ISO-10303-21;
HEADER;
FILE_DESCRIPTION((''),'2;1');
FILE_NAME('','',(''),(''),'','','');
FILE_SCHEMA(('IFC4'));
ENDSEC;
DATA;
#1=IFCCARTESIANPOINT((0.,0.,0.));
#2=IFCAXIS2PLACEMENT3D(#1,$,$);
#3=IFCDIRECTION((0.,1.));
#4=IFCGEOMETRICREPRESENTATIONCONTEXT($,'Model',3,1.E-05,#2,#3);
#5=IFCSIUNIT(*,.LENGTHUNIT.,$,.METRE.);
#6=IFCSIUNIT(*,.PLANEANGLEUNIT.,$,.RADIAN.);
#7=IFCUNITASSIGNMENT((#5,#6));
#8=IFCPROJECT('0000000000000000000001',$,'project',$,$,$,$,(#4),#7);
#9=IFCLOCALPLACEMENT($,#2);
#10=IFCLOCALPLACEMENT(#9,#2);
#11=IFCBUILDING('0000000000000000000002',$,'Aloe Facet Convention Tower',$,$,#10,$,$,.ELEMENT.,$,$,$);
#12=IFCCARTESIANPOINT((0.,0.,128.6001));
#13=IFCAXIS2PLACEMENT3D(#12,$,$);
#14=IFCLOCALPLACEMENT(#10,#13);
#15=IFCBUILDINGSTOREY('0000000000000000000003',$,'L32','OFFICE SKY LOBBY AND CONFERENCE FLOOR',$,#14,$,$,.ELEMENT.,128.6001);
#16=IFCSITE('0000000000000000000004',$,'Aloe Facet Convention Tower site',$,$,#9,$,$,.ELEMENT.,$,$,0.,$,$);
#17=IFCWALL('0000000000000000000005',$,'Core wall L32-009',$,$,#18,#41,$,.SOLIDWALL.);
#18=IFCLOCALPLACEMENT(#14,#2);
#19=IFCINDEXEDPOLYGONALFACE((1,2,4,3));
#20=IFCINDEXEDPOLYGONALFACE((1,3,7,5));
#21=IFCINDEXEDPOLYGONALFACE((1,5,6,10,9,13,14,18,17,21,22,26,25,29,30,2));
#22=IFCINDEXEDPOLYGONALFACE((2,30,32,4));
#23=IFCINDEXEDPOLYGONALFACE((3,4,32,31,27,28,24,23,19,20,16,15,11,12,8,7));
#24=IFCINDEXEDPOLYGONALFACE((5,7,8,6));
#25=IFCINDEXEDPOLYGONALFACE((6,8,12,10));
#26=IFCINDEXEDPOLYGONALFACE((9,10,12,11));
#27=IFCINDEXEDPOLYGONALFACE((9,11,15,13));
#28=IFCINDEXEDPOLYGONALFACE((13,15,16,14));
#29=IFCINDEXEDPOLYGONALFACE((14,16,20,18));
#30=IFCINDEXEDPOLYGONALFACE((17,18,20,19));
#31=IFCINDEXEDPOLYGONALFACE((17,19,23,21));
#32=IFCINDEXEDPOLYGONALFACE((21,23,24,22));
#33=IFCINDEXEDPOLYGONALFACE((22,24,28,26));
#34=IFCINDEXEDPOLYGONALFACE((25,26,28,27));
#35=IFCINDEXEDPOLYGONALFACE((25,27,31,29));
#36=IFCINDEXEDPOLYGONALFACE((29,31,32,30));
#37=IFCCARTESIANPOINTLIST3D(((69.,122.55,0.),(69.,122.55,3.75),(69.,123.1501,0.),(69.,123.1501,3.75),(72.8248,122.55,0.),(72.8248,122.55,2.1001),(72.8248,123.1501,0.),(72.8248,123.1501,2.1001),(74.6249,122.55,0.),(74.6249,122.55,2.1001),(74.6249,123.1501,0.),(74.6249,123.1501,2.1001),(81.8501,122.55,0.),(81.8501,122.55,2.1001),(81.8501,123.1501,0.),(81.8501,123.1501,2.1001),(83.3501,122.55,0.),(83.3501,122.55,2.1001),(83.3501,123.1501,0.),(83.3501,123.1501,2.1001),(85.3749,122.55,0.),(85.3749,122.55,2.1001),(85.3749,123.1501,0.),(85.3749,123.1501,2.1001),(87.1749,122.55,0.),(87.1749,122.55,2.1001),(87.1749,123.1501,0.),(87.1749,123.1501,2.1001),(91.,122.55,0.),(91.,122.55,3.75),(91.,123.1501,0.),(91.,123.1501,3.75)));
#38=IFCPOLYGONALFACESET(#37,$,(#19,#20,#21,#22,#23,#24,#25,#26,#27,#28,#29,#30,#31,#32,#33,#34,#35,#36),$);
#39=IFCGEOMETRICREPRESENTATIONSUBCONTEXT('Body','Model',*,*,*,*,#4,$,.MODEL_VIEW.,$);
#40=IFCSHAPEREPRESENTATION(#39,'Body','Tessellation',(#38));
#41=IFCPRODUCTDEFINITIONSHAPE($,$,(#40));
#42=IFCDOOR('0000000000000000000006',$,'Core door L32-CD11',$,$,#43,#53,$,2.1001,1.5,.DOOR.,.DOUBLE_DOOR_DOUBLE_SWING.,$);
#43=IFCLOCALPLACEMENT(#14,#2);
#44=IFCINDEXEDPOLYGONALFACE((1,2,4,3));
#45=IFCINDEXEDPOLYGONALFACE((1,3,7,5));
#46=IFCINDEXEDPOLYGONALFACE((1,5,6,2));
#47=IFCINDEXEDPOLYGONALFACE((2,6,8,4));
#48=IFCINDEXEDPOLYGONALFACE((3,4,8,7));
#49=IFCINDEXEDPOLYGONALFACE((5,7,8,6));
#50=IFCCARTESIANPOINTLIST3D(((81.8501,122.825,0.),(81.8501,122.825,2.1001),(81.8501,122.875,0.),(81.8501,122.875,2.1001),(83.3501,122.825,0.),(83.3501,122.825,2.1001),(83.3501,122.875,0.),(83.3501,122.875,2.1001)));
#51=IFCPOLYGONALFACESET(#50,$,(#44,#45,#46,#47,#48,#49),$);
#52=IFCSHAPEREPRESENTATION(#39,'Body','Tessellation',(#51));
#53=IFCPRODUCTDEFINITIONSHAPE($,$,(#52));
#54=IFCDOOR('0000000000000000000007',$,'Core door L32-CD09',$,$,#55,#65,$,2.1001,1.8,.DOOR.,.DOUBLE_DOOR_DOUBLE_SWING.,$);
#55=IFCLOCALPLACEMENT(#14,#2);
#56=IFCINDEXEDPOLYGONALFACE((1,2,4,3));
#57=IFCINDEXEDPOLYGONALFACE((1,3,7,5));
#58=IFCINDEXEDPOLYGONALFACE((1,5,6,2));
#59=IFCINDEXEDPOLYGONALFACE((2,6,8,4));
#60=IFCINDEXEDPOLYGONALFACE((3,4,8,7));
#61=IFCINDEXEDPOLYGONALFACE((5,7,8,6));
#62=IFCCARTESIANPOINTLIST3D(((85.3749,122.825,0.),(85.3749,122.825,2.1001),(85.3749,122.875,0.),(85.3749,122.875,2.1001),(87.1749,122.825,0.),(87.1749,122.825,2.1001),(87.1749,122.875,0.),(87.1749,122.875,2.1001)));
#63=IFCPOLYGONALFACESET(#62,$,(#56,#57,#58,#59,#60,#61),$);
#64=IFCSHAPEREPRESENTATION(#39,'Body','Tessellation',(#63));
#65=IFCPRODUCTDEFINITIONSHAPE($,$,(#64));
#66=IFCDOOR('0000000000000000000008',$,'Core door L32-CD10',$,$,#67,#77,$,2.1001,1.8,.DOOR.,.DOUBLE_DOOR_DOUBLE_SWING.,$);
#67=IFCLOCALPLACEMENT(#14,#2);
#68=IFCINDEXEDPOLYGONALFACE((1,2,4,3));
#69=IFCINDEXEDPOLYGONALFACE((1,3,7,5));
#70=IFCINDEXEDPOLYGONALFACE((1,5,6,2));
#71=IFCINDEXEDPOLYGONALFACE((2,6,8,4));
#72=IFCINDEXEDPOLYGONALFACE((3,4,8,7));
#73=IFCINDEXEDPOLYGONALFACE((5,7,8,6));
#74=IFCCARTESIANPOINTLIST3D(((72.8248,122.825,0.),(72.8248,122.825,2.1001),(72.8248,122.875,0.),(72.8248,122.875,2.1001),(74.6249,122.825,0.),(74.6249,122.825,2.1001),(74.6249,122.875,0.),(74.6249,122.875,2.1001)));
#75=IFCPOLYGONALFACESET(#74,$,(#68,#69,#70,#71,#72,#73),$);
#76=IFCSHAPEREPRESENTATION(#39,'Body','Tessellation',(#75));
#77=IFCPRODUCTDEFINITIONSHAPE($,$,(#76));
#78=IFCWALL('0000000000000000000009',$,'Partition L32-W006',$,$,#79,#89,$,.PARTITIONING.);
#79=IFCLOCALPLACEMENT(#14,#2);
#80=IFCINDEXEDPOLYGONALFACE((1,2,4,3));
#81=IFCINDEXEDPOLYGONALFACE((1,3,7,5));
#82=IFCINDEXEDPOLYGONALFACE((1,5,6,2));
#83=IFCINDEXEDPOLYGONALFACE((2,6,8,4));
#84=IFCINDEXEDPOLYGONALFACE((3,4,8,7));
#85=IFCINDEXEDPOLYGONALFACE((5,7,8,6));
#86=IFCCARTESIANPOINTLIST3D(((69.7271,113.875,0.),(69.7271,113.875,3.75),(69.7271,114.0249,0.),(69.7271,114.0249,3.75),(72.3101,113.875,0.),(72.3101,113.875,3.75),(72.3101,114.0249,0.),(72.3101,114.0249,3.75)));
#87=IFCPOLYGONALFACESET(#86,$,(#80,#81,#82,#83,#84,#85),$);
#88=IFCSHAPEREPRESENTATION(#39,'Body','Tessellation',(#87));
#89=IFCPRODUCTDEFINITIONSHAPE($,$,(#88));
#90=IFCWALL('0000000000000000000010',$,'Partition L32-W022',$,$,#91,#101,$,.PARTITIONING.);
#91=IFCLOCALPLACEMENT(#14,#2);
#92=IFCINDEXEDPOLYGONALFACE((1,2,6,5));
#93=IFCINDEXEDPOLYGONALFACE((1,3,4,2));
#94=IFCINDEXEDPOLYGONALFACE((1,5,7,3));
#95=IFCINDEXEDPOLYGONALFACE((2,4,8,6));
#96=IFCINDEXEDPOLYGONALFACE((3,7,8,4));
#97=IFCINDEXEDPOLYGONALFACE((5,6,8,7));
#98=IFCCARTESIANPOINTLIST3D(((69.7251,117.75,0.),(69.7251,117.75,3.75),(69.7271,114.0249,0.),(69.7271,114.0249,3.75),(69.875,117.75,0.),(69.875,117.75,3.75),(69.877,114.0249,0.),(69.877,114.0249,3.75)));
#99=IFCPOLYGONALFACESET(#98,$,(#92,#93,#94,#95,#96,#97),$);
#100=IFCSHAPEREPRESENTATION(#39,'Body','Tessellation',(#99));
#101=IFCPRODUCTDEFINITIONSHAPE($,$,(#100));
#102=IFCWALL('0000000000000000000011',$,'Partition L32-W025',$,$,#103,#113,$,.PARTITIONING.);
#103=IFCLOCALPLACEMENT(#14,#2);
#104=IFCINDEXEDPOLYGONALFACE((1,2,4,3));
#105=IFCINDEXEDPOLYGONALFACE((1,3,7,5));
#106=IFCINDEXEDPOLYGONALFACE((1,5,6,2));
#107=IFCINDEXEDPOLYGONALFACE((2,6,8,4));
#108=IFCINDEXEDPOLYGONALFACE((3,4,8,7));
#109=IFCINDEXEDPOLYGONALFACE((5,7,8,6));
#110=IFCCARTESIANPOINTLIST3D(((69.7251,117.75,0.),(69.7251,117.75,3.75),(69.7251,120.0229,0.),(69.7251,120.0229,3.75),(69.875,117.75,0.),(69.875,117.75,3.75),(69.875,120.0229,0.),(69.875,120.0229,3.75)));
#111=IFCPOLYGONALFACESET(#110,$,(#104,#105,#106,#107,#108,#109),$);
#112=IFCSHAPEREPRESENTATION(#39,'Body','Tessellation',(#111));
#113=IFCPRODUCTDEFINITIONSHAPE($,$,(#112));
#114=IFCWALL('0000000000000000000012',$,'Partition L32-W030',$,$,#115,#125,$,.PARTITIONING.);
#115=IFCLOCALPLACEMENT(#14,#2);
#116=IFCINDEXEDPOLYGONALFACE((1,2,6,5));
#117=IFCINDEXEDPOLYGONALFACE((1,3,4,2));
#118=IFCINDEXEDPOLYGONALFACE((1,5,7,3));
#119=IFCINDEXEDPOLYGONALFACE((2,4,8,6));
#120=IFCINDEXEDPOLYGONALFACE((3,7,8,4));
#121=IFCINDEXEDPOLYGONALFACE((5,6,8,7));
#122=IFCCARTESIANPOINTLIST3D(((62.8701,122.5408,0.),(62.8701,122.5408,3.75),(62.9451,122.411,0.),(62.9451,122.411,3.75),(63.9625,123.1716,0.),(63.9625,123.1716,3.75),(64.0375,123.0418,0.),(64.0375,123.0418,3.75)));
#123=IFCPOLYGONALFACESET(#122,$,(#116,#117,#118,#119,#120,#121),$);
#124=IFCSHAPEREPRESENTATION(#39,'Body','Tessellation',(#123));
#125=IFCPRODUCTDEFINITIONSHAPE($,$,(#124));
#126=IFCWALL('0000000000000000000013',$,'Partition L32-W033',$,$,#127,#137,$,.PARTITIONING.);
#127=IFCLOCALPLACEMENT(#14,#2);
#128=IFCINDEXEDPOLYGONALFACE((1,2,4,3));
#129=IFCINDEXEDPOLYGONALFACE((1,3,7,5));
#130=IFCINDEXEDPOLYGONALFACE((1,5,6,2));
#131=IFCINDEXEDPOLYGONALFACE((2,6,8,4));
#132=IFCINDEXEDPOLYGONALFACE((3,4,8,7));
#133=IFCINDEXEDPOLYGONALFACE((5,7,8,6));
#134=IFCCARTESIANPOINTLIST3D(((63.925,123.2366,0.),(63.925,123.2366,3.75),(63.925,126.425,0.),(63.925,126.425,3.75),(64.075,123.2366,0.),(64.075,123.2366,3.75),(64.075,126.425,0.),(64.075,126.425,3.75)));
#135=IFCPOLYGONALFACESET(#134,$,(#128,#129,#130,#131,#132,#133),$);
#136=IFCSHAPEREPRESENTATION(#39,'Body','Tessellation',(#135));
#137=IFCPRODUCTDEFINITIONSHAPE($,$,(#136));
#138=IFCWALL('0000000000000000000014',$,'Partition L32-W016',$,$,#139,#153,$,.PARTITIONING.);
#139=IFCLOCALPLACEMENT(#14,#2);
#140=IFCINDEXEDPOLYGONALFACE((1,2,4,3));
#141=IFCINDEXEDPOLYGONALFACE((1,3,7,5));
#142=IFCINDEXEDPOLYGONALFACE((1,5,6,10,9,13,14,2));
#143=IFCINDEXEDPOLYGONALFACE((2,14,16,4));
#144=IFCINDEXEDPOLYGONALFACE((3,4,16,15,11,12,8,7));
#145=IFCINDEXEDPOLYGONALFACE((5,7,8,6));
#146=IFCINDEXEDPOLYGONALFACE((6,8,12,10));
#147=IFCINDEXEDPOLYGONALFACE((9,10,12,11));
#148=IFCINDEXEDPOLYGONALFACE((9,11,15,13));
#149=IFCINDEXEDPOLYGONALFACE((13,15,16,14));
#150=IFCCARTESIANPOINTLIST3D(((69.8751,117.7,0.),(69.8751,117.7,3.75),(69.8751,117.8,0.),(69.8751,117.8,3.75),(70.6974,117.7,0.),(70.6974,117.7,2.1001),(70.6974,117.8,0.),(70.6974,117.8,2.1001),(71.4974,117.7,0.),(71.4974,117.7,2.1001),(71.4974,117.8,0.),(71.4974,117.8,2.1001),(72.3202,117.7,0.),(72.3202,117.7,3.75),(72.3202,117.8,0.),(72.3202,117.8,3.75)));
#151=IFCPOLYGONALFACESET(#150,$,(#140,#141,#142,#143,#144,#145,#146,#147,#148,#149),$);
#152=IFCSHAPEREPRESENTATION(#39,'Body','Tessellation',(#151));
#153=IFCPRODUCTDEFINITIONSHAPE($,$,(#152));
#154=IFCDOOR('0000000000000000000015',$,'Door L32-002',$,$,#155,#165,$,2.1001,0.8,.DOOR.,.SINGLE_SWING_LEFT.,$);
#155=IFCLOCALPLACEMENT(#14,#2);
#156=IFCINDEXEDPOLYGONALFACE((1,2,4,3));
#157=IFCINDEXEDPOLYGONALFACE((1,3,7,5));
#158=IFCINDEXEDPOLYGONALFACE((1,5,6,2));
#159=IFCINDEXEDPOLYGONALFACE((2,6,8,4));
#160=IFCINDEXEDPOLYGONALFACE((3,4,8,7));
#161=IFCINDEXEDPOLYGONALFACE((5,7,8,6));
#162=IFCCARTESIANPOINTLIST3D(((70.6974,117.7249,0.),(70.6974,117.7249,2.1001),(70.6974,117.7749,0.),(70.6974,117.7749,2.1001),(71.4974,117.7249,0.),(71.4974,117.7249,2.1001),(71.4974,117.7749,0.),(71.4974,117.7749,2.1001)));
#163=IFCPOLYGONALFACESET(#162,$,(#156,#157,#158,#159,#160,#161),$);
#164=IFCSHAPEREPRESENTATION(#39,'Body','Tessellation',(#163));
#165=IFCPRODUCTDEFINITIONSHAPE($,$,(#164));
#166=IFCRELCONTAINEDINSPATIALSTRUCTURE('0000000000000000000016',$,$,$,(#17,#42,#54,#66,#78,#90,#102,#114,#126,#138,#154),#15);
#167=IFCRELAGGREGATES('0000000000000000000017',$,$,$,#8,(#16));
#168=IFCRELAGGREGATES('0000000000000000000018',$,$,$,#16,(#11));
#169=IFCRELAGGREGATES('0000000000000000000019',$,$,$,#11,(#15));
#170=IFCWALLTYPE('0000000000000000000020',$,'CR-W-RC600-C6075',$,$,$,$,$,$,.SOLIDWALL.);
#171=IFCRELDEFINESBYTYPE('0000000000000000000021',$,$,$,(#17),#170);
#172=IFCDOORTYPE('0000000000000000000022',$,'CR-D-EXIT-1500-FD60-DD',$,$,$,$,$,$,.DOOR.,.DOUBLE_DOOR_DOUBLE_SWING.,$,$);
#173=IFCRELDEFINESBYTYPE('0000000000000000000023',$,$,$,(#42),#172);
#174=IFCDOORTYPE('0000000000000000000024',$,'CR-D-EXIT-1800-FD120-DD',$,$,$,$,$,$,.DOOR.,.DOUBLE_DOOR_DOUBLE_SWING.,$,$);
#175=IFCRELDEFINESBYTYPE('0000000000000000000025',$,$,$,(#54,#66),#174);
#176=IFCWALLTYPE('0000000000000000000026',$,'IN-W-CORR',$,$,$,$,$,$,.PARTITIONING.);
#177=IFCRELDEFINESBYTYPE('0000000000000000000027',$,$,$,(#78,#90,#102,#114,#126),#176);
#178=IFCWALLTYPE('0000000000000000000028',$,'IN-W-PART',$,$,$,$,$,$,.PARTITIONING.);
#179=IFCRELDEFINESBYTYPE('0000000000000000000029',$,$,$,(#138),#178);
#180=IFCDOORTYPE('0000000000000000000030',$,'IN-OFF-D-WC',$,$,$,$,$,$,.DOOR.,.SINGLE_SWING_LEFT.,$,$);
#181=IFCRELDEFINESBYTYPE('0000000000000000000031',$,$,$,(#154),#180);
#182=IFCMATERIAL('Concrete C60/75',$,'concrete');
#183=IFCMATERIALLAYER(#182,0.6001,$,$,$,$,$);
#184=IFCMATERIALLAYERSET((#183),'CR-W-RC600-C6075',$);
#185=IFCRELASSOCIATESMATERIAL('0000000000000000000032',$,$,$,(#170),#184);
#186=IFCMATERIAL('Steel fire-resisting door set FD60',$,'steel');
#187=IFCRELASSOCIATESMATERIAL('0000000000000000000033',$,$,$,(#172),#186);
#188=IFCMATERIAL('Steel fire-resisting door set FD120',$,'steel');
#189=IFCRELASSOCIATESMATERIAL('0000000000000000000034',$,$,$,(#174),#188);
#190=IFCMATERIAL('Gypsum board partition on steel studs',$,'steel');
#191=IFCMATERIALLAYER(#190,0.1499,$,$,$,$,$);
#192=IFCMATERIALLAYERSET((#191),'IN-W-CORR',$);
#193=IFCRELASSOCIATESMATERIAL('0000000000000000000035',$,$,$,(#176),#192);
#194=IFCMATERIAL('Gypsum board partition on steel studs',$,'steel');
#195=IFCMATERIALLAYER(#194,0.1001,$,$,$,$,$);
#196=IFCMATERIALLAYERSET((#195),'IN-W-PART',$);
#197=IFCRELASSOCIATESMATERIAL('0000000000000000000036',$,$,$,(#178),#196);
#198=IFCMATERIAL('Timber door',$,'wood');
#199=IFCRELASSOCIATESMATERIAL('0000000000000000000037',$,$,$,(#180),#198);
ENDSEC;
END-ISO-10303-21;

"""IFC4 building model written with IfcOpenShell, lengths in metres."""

from ifc_helpers import new_model, si_unit, direction, frame, frame_2d, origin, place, context, subcontext, project, spatial, rectangle, extrude, material, layer, layer_set, type_object, element, fill, save


model = new_model("IFC4")

# Units and contexts
model_context = context("Model", 3, precision=1e-05, world=origin(), true_north=direction((0.0, 1.0)))
body_context = subcontext(model_context, "Body", "Model", "MODEL_VIEW")
ifc_project = project(units=[si_unit("LENGTHUNIT", "METRE"), si_unit("PLANEANGLEUNIT", "RADIAN")], contexts=[model_context])

# Site, building, storey
site_placement = place(None, origin())
site = spatial("IfcSite", under=ifc_project, at=site_placement, Name="Aloe Facet Convention Tower site", CompositionType="ELEMENT", RefElevation=0.0)
building_placement = place(site_placement, origin())
building = spatial("IfcBuilding", under=site, at=building_placement, Name="Aloe Facet Convention Tower", CompositionType="ELEMENT")
storey_placement = place(building_placement, frame((0.0, 0.0, 128.6001)))
storey = spatial("IfcBuildingStorey", under=building, at=storey_placement, Name="L32", Description="OFFICE SKY LOBBY AND CONFERENCE FLOOR", CompositionType="ELEMENT", Elevation=128.6001)

# Wall, openings, doors
ifc_material_1 = material(Name="Concrete C60/75", Category="concrete")
ifc_layer_1 = layer(ifc_material_1, 0.6001)
ifc_layer_set_1 = layer_set([ifc_layer_1], Name="CR-W-RC600-C6075")
wall_type_1 = type_object("IfcWallType", Name="CR-W-RC600-C6075", PredefinedType="SOLIDWALL", material=ifc_layer_set_1)
wall_1_placement = place(storey_placement, frame((69.0, 122.8501, 0.0), z_axis=(0.0, 0.0, 1.0), x_axis=(1.0, 0.0, 0.0)))
wall_1 = element("IfcWall", 1, at=wall_1_placement, inside=storey, type_object=wall_type_1, Name="Core wall L32-009", PredefinedType="SOLIDWALL", context=body_context, shape_type="SweptSolid", body=[
    extrude(rectangle(XDim=22.0, YDim=0.6001, at=frame_2d((11.0, 0.0))), origin(), (0.0, 0.0, 1.0), 3.75),
])
opening_1_placement = place(wall_1_placement, frame((16.375, 0.0, 0.0)))
opening_1 = element("IfcOpeningElement", 2, at=opening_1_placement, cuts=wall_1, PredefinedType="OPENING", context=body_context, shape_type="SweptSolid", body=[
    extrude(rectangle(XDim=1.8, YDim=2.1001, at=frame_2d((0.8999, 1.05))), frame((0.0, 0.3101, 0.0), z_axis=(0.0, -1.0, 0.0), x_axis=(1.0, 0.0, 0.0)), (0.0, 0.0, 1.0), 0.6201),
])
opening_2_placement = place(wall_1_placement, frame((3.825, 0.0, 0.0)))
opening_2 = element("IfcOpeningElement", 3, at=opening_2_placement, cuts=wall_1, PredefinedType="OPENING", context=body_context, shape_type="SweptSolid", body=[
    extrude(rectangle(XDim=1.8, YDim=2.1001, at=frame_2d((0.8999, 1.05))), frame((0.0, 0.3101, 0.0), z_axis=(0.0, -1.0, 0.0), x_axis=(1.0, 0.0, 0.0)), (0.0, 0.0, 1.0), 0.6201),
])
opening_3_placement = place(wall_1_placement, frame((12.8501, 0.0, 0.0)))
opening_3 = element("IfcOpeningElement", 4, at=opening_3_placement, cuts=wall_1, PredefinedType="OPENING", context=body_context, shape_type="SweptSolid", body=[
    extrude(rectangle(XDim=1.5, YDim=2.1001, at=frame_2d((0.75, 1.05))), frame((0.0, 0.3101, 0.0), z_axis=(0.0, -1.0, 0.0), x_axis=(1.0, 0.0, 0.0)), (0.0, 0.0, 1.0), 0.6201),
])
ifc_material_2 = material(Name="Steel fire-resisting door set FD60", Category="steel")
door_type_1 = type_object("IfcDoorType", Name="CR-D-EXIT-1500-FD60-DD", OperationType="DOUBLE_DOOR_DOUBLE_SWING", PredefinedType="DOOR", material=ifc_material_2)
door_1_placement = place(opening_3_placement, origin())
door_1 = element("IfcDoor", 5, at=door_1_placement, inside=storey, type_object=door_type_1, Name="Core door L32-CD11", OperationType="DOUBLE_DOOR_DOUBLE_SWING", OverallHeight=2.1001, OverallWidth=1.5, PredefinedType="DOOR", context=body_context, shape_type="SweptSolid", body=[
    extrude(rectangle(XDim=1.5, YDim=2.1001, at=frame_2d((0.75, 1.05))), frame((0.0, 0.0249, 0.0), z_axis=(0.0, -1.0, 0.0), x_axis=(1.0, 0.0, 0.0)), (0.0, 0.0, 1.0), 0.05),
])
fill(opening_3, door_1)
ifc_material_3 = material(Name="Steel fire-resisting door set FD120", Category="steel")
door_type_2 = type_object("IfcDoorType", Name="CR-D-EXIT-1800-FD120-DD", OperationType="DOUBLE_DOOR_DOUBLE_SWING", PredefinedType="DOOR", material=ifc_material_3)
door_2_placement = place(opening_1_placement, origin())
door_2 = element("IfcDoor", 6, at=door_2_placement, inside=storey, type_object=door_type_2, Name="Core door L32-CD09", OperationType="DOUBLE_DOOR_DOUBLE_SWING", OverallHeight=2.1001, OverallWidth=1.8, PredefinedType="DOOR", context=body_context, shape_type="SweptSolid", body=[
    extrude(rectangle(XDim=1.8, YDim=2.1001, at=frame_2d((0.8999, 1.05))), frame((0.0, 0.0249, 0.0), z_axis=(0.0, -1.0, 0.0), x_axis=(1.0, 0.0, 0.0)), (0.0, 0.0, 1.0), 0.05),
])
fill(opening_1, door_2)
door_3_placement = place(opening_2_placement, origin())
door_3 = element("IfcDoor", 7, at=door_3_placement, inside=storey, type_object=door_type_2, Name="Core door L32-CD10", OperationType="DOUBLE_DOOR_DOUBLE_SWING", OverallHeight=2.1001, OverallWidth=1.8, PredefinedType="DOOR", context=body_context, shape_type="SweptSolid", body=[
    extrude(rectangle(XDim=1.8, YDim=2.1001, at=frame_2d((0.8999, 1.05))), frame((0.0, 0.0249, 0.0), z_axis=(0.0, -1.0, 0.0), x_axis=(1.0, 0.0, 0.0)), (0.0, 0.0, 1.0), 0.05),
])
fill(opening_2, door_3)

# Walls
ifc_material_4 = material(Name="Gypsum board partition on steel studs", Category="steel")
ifc_layer_2 = layer(ifc_material_4, 0.1499)
ifc_layer_set_2 = layer_set([ifc_layer_2], Name="IN-W-CORR")
wall_type_2 = type_object("IfcWallType", Name="IN-W-CORR", PredefinedType="PARTITIONING", material=ifc_layer_set_2)
wall_2_placement = place(storey_placement, frame((69.7271, 113.95, 0.0), z_axis=(0.0, 0.0, 1.0), x_axis=(1.0, 0.0, 0.0)))
element("IfcWall", 8, at=wall_2_placement, inside=storey, type_object=wall_type_2, Name="Partition L32-W006", PredefinedType="PARTITIONING", context=body_context, shape_type="SweptSolid", body=[
    extrude(rectangle(XDim=2.583, YDim=0.1499, at=frame_2d((1.2915, 0.0))), origin(), (0.0, 0.0, 1.0), 3.75),
])
wall_3_placement = place(storey_placement, frame((69.802, 114.0249, 0.0), z_axis=(0.0, 0.0, 1.0), x_axis=(-0.000524, 1.0, 0.0)))
element("IfcWall", 9, at=wall_3_placement, inside=storey, type_object=wall_type_2, Name="Partition L32-W022", PredefinedType="PARTITIONING", context=body_context, shape_type="SweptSolid", body=[
    extrude(rectangle(XDim=3.7251, YDim=0.1499, at=frame_2d((1.8625, 0.0))), origin(), (0.0, 0.0, 1.0), 3.75),
])
wall_4_placement = place(storey_placement, frame((69.8, 117.75, 0.0), z_axis=(0.0, 0.0, 1.0), x_axis=(0.0, 1.0, 0.0)))
element("IfcWall", 10, at=wall_4_placement, inside=storey, type_object=wall_type_2, Name="Partition L32-W025", PredefinedType="PARTITIONING", context=body_context, shape_type="SweptSolid", body=[
    extrude(rectangle(XDim=2.2729, YDim=0.1499, at=frame_2d((1.1365, 0.0))), origin(), (0.0, 0.0, 1.0), 3.75),
])
wall_5_placement = place(storey_placement, frame((62.9075, 122.4758, 0.0), z_axis=(0.0, 0.0, 1.0), x_axis=(0.865995, 0.500052, 0.0)))
element("IfcWall", 11, at=wall_5_placement, inside=storey, type_object=wall_type_2, Name="Partition L32-W030", PredefinedType="PARTITIONING", context=body_context, shape_type="SweptSolid", body=[
    extrude(rectangle(XDim=1.2615, YDim=0.1499, at=frame_2d((0.6309, 0.0))), origin(), (0.0, 0.0, 1.0), 3.75),
])
wall_6_placement = place(storey_placement, frame((64.0, 123.2366, 0.0), z_axis=(0.0, 0.0, 1.0), x_axis=(0.0, 1.0, 0.0)))
element("IfcWall", 12, at=wall_6_placement, inside=storey, type_object=wall_type_2, Name="Partition L32-W033", PredefinedType="PARTITIONING", context=body_context, shape_type="SweptSolid", body=[
    extrude(rectangle(XDim=3.1885, YDim=0.1499, at=frame_2d((1.5942, 0.0))), origin(), (0.0, 0.0, 1.0), 3.75),
])

# Wall, opening, door
ifc_material_5 = material(Name="Gypsum board partition on steel studs", Category="steel")
ifc_layer_3 = layer(ifc_material_5, 0.1001)
ifc_layer_set_3 = layer_set([ifc_layer_3], Name="IN-W-PART")
wall_type_3 = type_object("IfcWallType", Name="IN-W-PART", PredefinedType="PARTITIONING", material=ifc_layer_set_3)
wall_7_placement = place(storey_placement, frame((69.875, 117.75, 0.0), z_axis=(0.0, 0.0, 1.0), x_axis=(1.0, 0.0, 0.0)))
wall_7 = element("IfcWall", 13, at=wall_7_placement, inside=storey, type_object=wall_type_3, Name="Partition L32-W016", PredefinedType="PARTITIONING", context=body_context, shape_type="SweptSolid", body=[
    extrude(rectangle(XDim=2.4451, YDim=0.1001, at=frame_2d((1.2227, 0.0))), origin(), (0.0, 0.0, 1.0), 3.75),
])
opening_4_placement = place(wall_7_placement, frame((0.8225, 0.0, 0.0)))
opening_4 = element("IfcOpeningElement", 14, at=opening_4_placement, cuts=wall_7, PredefinedType="OPENING", context=body_context, shape_type="SweptSolid", body=[
    extrude(rectangle(XDim=0.8, YDim=2.1001, at=frame_2d((0.3999, 1.05))), frame((0.0, 0.0601, 0.0), z_axis=(0.0, -1.0, 0.0), x_axis=(1.0, 0.0, 0.0)), (0.0, 0.0, 1.0), 0.1201),
])
ifc_material_6 = material(Name="Timber door", Category="wood")
door_type_3 = type_object("IfcDoorType", Name="IN-OFF-D-WC", OperationType="SINGLE_SWING_LEFT", PredefinedType="DOOR", material=ifc_material_6)
door_4_placement = place(opening_4_placement, origin())
door_4 = element("IfcDoor", 15, at=door_4_placement, inside=storey, type_object=door_type_3, Name="Door L32-002", OperationType="SINGLE_SWING_LEFT", OverallHeight=2.1001, OverallWidth=0.8, PredefinedType="DOOR", context=body_context, shape_type="SweptSolid", body=[
    extrude(rectangle(XDim=0.8, YDim=2.1001, at=frame_2d((0.3999, 1.05))), frame((0.0, 0.0249, 0.0), z_axis=(0.0, -1.0, 0.0), x_axis=(1.0, 0.0, 0.0)), (0.0, 0.0, 1.0), 0.05),
])
fill(opening_4, door_4)

save(model, "model.ifc")
